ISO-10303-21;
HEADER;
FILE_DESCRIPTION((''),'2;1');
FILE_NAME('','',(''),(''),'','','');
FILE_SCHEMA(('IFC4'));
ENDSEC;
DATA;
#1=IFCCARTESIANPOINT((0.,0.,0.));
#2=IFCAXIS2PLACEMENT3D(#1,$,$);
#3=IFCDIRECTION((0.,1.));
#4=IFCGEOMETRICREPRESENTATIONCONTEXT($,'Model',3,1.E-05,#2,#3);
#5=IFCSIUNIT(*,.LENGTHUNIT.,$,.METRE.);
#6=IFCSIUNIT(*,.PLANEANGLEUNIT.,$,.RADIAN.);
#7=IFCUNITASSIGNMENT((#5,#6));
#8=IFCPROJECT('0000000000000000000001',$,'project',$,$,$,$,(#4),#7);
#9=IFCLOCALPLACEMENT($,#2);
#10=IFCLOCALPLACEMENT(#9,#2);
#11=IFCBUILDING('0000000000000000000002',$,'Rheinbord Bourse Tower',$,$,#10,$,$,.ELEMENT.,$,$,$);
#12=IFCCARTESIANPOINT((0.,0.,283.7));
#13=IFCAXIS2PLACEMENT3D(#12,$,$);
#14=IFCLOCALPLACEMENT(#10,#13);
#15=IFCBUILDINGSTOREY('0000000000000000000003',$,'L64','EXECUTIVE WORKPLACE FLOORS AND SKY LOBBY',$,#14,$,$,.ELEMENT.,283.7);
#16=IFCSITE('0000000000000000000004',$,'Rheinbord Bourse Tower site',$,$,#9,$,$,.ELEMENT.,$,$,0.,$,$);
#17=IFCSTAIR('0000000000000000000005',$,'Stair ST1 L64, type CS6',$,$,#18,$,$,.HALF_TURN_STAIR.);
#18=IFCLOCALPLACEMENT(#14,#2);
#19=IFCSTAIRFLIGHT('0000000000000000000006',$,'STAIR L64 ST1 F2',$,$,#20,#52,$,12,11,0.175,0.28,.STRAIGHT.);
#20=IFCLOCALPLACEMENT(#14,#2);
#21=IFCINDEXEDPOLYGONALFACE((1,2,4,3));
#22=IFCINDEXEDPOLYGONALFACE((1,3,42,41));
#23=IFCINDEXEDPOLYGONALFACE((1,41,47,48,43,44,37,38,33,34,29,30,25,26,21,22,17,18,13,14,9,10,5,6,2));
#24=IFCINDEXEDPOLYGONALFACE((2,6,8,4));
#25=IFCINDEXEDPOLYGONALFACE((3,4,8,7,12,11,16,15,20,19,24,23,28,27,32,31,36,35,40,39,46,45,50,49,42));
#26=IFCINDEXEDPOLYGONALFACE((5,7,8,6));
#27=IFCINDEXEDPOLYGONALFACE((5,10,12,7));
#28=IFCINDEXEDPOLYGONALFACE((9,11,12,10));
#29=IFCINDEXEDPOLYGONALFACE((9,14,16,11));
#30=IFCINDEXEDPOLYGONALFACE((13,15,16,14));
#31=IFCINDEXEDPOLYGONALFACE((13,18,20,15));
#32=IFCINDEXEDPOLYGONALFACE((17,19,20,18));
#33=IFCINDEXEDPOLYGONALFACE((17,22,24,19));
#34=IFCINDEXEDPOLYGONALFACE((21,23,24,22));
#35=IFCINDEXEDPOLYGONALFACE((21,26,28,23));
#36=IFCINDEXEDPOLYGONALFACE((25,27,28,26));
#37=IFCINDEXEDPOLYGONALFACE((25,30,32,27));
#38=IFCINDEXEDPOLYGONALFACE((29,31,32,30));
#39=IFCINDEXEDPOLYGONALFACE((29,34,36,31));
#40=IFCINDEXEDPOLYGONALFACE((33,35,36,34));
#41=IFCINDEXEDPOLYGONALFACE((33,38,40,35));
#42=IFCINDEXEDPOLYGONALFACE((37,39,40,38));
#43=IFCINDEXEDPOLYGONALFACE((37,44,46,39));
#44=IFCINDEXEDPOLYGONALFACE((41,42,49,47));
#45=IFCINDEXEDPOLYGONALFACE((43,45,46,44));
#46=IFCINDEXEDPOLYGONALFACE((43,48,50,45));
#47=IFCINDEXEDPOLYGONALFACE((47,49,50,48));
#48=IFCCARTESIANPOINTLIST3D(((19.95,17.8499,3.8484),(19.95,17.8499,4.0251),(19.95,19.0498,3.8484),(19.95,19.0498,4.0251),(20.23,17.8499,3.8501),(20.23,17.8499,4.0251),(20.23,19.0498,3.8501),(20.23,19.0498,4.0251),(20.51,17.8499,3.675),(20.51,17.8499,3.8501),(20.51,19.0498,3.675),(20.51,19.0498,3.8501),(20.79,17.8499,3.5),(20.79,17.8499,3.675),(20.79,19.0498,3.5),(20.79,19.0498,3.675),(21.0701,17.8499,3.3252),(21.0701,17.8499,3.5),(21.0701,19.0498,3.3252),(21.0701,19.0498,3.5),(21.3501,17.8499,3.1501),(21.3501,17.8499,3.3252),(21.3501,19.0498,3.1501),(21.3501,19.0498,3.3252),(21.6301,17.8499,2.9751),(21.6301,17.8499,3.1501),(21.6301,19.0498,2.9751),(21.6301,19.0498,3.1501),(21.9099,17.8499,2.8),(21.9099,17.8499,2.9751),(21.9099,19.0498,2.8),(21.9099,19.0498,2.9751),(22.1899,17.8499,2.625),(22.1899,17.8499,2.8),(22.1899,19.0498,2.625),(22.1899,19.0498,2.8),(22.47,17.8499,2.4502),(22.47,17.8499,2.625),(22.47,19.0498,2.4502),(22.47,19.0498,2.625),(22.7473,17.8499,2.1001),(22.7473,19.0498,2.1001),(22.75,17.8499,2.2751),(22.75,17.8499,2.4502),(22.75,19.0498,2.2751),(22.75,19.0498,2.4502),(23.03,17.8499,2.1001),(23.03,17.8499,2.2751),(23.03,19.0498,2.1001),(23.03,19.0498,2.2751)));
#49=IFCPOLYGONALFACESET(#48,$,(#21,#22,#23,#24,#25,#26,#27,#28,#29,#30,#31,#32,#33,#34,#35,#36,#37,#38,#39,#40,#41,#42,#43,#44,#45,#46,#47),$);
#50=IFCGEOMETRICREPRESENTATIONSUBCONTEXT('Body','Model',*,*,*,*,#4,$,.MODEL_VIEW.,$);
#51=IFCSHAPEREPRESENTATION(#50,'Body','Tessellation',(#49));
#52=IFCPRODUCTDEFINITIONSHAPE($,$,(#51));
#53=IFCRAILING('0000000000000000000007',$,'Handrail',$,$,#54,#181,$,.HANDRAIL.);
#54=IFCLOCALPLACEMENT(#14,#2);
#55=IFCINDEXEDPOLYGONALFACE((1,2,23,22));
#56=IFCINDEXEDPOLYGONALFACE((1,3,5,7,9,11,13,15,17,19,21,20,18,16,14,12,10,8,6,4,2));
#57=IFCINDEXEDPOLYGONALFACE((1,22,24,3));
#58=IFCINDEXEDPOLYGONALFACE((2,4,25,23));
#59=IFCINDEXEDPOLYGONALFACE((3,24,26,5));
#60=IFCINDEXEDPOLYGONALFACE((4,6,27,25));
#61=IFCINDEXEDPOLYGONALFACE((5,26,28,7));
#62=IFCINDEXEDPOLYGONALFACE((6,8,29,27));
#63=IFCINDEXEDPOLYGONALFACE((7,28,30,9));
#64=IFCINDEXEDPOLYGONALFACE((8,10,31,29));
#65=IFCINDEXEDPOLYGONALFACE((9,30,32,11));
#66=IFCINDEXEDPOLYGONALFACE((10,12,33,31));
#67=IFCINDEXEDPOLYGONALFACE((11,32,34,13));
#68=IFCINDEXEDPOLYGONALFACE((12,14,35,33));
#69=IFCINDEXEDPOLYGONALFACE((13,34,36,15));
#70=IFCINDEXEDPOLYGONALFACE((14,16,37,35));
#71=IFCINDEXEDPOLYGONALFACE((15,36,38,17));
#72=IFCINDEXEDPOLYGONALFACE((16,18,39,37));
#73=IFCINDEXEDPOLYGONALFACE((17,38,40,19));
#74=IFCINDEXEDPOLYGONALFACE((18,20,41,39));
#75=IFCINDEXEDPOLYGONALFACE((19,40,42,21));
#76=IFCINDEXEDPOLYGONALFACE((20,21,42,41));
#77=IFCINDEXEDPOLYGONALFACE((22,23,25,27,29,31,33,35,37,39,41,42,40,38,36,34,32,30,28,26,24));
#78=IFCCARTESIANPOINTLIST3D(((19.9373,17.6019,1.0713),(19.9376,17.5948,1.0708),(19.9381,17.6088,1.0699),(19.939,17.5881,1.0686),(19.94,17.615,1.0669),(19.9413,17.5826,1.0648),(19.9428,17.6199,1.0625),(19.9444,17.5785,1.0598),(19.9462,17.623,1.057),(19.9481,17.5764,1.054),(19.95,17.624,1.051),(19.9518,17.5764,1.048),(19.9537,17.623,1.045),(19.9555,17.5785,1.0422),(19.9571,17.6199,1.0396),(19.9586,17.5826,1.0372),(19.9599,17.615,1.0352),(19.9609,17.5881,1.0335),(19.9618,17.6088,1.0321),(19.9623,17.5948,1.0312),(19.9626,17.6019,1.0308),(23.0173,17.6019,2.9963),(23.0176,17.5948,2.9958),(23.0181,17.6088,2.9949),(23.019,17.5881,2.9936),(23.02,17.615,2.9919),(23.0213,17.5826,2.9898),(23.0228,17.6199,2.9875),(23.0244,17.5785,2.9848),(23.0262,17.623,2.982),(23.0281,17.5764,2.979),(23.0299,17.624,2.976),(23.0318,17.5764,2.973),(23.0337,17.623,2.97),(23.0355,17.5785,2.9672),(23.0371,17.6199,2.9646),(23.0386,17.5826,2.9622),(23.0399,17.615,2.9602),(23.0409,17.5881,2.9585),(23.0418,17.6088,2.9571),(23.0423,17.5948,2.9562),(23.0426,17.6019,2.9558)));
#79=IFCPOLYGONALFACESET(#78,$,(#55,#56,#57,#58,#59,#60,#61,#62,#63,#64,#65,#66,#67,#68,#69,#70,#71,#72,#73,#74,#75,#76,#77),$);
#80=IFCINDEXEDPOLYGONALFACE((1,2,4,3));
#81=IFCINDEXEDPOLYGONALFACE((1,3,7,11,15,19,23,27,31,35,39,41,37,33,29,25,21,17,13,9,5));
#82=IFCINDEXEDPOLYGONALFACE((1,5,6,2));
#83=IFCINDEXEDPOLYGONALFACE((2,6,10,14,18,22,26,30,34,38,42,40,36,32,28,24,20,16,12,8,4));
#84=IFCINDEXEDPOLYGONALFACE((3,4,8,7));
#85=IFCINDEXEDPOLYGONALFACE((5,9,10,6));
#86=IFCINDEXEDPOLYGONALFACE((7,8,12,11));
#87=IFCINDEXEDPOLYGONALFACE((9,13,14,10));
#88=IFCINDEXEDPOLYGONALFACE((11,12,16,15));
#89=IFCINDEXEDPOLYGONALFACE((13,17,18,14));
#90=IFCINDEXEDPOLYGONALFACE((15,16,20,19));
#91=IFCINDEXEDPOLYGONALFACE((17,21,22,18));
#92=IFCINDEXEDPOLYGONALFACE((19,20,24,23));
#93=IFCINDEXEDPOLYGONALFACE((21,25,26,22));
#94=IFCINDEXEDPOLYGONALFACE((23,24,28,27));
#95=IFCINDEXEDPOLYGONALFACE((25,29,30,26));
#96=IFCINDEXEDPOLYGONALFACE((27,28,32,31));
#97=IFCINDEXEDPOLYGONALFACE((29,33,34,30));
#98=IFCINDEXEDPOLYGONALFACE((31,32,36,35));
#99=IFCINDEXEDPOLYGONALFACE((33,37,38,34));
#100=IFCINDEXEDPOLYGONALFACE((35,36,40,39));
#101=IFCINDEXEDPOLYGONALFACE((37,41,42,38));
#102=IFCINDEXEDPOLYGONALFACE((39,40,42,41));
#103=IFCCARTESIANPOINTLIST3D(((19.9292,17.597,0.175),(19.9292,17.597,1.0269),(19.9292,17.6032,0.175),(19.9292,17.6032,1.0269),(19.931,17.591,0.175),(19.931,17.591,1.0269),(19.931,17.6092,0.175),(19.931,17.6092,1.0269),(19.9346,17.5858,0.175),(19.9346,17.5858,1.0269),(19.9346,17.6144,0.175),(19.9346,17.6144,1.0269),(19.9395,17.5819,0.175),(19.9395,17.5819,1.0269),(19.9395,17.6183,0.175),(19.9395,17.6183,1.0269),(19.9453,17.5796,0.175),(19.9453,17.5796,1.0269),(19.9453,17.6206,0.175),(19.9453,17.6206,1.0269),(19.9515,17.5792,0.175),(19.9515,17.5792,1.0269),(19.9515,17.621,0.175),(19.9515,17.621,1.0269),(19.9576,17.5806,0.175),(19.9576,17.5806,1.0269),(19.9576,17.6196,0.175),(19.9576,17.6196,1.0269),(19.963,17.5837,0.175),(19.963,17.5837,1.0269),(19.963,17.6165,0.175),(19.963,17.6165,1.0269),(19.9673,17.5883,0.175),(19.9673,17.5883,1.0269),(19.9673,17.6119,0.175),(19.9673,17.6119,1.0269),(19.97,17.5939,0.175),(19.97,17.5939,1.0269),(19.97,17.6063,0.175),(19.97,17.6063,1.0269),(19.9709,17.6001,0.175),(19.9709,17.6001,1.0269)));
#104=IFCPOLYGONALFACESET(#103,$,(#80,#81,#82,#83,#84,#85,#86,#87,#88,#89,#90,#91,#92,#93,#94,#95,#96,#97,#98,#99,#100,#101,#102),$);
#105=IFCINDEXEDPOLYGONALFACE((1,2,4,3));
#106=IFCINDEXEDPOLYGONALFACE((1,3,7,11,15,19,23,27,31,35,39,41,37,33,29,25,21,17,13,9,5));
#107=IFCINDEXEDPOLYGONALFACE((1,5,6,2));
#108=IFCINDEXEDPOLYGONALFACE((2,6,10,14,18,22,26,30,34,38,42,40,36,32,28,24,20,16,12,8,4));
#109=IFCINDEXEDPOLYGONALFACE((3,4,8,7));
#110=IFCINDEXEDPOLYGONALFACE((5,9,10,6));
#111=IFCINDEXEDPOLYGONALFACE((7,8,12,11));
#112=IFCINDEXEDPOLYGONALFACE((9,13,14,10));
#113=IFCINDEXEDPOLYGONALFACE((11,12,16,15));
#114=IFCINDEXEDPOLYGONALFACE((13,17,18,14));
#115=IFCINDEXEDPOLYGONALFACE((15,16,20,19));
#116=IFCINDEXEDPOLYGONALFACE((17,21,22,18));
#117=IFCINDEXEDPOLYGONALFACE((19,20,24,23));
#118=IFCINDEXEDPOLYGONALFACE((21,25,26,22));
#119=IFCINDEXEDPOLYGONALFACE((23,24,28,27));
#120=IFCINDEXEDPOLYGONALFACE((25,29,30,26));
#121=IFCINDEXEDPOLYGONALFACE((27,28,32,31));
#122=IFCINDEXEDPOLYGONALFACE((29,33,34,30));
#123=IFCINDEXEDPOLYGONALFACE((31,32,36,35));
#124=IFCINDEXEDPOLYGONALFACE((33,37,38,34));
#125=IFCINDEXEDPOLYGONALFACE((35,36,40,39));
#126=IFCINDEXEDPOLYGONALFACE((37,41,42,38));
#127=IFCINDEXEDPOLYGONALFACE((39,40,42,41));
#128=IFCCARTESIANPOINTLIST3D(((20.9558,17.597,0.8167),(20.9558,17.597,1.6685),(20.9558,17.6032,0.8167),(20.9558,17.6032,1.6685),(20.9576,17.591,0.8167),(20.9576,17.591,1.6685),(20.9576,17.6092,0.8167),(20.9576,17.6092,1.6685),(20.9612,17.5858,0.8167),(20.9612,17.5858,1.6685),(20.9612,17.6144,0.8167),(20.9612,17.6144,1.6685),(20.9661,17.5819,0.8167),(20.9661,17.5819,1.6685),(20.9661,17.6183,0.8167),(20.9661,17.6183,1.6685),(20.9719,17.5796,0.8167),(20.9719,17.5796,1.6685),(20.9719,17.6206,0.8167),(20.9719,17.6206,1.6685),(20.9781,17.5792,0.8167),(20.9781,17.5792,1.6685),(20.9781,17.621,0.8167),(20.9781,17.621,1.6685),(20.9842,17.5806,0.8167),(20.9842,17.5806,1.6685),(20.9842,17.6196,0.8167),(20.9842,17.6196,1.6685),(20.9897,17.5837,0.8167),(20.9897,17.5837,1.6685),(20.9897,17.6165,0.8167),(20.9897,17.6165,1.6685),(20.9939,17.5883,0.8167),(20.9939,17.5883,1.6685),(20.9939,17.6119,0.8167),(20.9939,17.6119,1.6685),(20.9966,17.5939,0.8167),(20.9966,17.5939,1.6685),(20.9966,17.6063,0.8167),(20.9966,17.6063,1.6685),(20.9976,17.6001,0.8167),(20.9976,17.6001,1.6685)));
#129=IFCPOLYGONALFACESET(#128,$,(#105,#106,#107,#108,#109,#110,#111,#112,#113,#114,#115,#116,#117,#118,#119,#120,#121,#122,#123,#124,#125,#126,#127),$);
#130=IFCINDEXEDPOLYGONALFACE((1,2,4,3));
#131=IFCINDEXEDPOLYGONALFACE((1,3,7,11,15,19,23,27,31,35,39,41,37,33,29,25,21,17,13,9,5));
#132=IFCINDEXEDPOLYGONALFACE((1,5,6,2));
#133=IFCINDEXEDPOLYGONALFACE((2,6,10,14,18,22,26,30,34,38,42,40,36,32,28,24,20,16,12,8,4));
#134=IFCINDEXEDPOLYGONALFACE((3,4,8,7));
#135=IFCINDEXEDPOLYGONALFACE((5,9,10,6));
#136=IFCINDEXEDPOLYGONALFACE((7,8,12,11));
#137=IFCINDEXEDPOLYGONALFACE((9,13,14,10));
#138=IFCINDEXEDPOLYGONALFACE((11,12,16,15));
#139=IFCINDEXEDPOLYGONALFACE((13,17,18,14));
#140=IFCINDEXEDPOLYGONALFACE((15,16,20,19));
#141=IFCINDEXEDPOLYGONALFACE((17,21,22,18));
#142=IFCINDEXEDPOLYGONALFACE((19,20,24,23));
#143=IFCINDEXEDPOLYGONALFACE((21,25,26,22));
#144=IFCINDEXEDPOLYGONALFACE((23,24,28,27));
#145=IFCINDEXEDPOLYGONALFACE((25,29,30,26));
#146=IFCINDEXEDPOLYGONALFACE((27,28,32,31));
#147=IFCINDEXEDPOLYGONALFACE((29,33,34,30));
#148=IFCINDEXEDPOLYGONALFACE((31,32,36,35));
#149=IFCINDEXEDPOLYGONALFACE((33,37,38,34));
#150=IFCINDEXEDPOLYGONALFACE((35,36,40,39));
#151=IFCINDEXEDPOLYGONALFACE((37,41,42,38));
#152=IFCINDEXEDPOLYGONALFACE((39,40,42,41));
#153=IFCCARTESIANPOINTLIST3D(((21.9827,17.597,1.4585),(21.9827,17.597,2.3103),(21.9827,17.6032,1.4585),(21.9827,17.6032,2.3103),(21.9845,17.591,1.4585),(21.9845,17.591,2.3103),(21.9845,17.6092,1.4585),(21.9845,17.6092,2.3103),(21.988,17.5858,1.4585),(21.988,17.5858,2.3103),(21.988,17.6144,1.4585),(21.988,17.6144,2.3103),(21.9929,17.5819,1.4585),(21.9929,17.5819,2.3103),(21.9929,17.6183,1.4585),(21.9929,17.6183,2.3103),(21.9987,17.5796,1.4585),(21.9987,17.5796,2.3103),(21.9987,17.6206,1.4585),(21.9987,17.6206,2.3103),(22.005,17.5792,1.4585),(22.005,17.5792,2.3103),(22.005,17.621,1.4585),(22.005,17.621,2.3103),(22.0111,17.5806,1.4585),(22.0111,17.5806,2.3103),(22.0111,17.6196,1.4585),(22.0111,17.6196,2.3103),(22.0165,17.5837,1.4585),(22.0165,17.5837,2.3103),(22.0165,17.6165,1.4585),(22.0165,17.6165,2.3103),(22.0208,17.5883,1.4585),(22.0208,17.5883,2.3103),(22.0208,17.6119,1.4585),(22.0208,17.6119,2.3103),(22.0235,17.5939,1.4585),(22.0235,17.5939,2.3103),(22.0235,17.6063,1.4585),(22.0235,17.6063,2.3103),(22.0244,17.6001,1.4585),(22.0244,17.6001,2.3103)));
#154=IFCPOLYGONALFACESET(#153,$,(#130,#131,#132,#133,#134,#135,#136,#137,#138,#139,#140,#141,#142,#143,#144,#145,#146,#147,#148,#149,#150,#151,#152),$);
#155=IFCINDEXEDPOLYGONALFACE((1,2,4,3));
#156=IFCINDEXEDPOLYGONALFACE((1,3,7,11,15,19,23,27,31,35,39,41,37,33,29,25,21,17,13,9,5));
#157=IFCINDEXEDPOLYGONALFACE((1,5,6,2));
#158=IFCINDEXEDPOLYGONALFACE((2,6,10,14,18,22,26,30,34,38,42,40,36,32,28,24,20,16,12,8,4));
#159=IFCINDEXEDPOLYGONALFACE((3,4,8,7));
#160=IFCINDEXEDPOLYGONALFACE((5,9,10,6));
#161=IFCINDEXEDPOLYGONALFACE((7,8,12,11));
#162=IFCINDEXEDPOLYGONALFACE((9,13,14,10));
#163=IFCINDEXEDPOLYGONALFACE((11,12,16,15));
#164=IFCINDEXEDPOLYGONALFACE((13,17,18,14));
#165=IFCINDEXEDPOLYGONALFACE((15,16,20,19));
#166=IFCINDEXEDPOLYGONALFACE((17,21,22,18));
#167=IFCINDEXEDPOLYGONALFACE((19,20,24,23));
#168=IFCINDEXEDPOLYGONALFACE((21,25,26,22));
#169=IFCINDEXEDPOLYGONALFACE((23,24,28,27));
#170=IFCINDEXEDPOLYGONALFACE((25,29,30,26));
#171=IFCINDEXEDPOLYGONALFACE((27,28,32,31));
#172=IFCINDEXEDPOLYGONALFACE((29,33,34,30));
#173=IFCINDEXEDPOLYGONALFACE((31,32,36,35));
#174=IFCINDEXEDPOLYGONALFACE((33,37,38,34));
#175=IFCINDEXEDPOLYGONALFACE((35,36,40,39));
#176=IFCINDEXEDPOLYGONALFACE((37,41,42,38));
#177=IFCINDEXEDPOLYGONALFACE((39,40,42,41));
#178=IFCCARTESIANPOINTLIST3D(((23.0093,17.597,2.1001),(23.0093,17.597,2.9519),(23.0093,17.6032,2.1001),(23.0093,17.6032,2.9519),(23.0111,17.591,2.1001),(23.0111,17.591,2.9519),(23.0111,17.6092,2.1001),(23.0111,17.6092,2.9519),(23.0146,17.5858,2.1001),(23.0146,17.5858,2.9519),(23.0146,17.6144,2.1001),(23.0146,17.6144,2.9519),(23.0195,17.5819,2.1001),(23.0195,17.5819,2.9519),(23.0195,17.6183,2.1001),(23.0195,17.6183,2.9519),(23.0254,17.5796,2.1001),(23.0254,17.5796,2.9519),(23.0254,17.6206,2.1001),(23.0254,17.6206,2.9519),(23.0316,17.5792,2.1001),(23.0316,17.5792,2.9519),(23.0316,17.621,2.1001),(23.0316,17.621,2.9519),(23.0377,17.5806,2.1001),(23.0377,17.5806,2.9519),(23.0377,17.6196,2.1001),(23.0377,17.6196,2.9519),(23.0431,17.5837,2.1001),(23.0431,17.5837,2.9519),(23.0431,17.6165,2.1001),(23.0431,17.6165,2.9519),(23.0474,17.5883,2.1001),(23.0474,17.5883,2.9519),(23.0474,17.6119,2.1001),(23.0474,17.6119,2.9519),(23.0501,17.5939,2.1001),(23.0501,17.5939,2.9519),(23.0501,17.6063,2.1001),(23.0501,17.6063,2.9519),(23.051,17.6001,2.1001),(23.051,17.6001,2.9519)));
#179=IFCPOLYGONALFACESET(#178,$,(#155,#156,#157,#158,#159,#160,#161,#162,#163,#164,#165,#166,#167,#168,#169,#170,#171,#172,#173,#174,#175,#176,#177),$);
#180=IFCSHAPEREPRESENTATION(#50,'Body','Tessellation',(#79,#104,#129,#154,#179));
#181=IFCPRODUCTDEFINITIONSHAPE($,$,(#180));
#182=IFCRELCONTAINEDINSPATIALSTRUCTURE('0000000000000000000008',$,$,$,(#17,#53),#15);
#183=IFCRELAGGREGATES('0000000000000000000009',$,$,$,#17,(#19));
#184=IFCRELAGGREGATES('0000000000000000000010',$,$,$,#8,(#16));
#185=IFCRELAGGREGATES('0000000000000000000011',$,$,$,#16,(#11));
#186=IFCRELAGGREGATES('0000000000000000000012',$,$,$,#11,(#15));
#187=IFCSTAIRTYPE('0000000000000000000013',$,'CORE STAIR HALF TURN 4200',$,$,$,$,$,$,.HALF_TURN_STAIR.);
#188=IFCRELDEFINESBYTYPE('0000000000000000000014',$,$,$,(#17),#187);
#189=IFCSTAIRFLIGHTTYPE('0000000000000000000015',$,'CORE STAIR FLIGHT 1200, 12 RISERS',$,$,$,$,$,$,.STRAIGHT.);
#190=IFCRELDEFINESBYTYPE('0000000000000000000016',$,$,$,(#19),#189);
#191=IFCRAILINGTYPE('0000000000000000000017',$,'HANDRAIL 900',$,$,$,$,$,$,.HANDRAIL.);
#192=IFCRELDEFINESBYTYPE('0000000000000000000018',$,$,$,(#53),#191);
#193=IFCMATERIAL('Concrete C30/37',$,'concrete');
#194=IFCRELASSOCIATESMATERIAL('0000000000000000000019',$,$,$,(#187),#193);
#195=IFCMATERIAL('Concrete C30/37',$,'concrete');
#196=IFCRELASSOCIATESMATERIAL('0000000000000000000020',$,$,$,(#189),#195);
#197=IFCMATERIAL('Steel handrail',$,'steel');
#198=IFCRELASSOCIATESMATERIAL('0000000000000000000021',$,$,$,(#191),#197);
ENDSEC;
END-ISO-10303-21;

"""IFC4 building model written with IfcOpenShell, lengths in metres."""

from ifc_helpers import new_model, si_unit, direction, frame, origin, origin_2d, place, context, subcontext, project, spatial, polyline, circle, outline, extrude, material, type_object, element, aggregate, save


model = new_model("IFC4")

# Units and contexts
model_context = context("Model", 3, precision=1e-05, world=origin(), true_north=direction((0.0, 1.0)))
body_context = subcontext(model_context, "Body", "Model", "MODEL_VIEW")
ifc_project = project(units=[si_unit("LENGTHUNIT", "METRE"), si_unit("PLANEANGLEUNIT", "RADIAN")], contexts=[model_context])

# Site, building, storey
site_placement = place(None, origin())
site = spatial("IfcSite", under=ifc_project, at=site_placement, Name="Rheinbord Bourse Tower site", CompositionType="ELEMENT", RefElevation=0.0)
building_placement = place(site_placement, origin())
building = spatial("IfcBuilding", under=site, at=building_placement, Name="Rheinbord Bourse Tower", CompositionType="ELEMENT")
storey_placement = place(building_placement, frame((0.0, 0.0, 283.7)))
storey = spatial("IfcBuildingStorey", under=building, at=storey_placement, Name="L64", Description="EXECUTIVE WORKPLACE FLOORS AND SKY LOBBY", CompositionType="ELEMENT", Elevation=283.7)

# Stair, stair flight
ifc_material_1 = material(Name="Concrete C30/37", Category="concrete")
stair_type = type_object("IfcStairType", Name="CORE STAIR HALF TURN 4200", PredefinedType="HALF_TURN_STAIR", material=ifc_material_1)
stair_placement = place(storey_placement, origin())
stair = element("IfcStair", 1, at=stair_placement, inside=storey, type_object=stair_type, Name="Stair ST1 L64, type CS6", PredefinedType="HALF_TURN_STAIR")
ifc_material_2 = material(Name="Concrete C30/37", Category="concrete")
stair_flight_type = type_object("IfcStairFlightType", Name="CORE STAIR FLIGHT 1200, 12 RISERS", PredefinedType="STRAIGHT", material=ifc_material_2)
stair_flight_1_placement = place(storey_placement, frame((23.03, 18.45, 2.1001), z_axis=(0.0, 0.0, 1.0), x_axis=(-1.0, 0.0, 0.0)))
stair_flight_1 = element("IfcStairFlight", 2, at=stair_flight_1_placement, type_object=stair_flight_type, Name="STAIR L64 ST1 F2", NumberOfRisers=12, NumberOfTreads=11, PredefinedType="STRAIGHT", RiserHeight=0.175, TreadLength=0.28, context=body_context, shape_type="SweptSolid", body=[
    extrude(outline(polyline([(0.0, 0.0), (0.0, 0.175), (0.28, 0.175), (0.28, 0.3501), (0.5601, 0.3501), (0.5601, 0.5249), (0.8401, 0.5249), (0.8401, 0.7), (1.1201, 0.7), (1.1201, 0.875), (1.3999, 0.875), (1.3999, 1.05), (1.6799, 1.05), (1.6799, 1.2251), (1.96, 1.2251), (1.96, 1.3999), (2.24, 1.3999), (2.24, 1.575), (2.52, 1.575), (2.52, 1.75), (2.8, 1.75), (2.8, 1.925), (3.0801, 1.925), (3.0801, 2.1001), (3.0801, 1.7483), (0.2827, 0.0), (0.0, 0.0)])), frame((0.0, 0.6001, 0.0), z_axis=(0.0, -1.0, 0.0), x_axis=(1.0, 0.0, 0.0)), (0.0, 0.0, 1.0), 1.2),
])
aggregate(stair, [stair_flight_1])

# Railing
ifc_material_3 = material(Name="Steel handrail", Category="steel")
railing_type = type_object("IfcRailingType", Name="HANDRAIL 900", PredefinedType="HANDRAIL", material=ifc_material_3)
railing_1_placement = place(storey_placement, frame((19.95, 17.6001, 0.175)))
element("IfcRailing", 3, at=railing_1_placement, inside=storey, type_object=railing_type, Name="Handrail", PredefinedType="HANDRAIL", context=body_context, shape_type="SweptSolid", body=[
    extrude(circle(Radius=0.0239, at=origin_2d()), frame((0.0, 0.0, 0.876), z_axis=(0.847998, 0.0, 0.529999), x_axis=(0.0, 1.0, 0.0)), (0.0, 0.0, 1.0), 3.6321),
    extrude(circle(Radius=0.021, at=origin_2d()), origin(), (0.0, 0.0, 1.0), 0.8518),
    extrude(circle(Radius=0.021, at=origin_2d()), frame((1.0266, 0.0, 0.6416)), (0.0, 0.0, 1.0), 0.8518),
    extrude(circle(Radius=0.021, at=origin_2d()), frame((2.0535, 0.0, 1.2834)), (0.0, 0.0, 1.0), 0.8518),
    extrude(circle(Radius=0.021, at=origin_2d()), frame((3.0801, 0.0, 1.925)), (0.0, 0.0, 1.0), 0.8518),
])

save(model, "model.ifc")
